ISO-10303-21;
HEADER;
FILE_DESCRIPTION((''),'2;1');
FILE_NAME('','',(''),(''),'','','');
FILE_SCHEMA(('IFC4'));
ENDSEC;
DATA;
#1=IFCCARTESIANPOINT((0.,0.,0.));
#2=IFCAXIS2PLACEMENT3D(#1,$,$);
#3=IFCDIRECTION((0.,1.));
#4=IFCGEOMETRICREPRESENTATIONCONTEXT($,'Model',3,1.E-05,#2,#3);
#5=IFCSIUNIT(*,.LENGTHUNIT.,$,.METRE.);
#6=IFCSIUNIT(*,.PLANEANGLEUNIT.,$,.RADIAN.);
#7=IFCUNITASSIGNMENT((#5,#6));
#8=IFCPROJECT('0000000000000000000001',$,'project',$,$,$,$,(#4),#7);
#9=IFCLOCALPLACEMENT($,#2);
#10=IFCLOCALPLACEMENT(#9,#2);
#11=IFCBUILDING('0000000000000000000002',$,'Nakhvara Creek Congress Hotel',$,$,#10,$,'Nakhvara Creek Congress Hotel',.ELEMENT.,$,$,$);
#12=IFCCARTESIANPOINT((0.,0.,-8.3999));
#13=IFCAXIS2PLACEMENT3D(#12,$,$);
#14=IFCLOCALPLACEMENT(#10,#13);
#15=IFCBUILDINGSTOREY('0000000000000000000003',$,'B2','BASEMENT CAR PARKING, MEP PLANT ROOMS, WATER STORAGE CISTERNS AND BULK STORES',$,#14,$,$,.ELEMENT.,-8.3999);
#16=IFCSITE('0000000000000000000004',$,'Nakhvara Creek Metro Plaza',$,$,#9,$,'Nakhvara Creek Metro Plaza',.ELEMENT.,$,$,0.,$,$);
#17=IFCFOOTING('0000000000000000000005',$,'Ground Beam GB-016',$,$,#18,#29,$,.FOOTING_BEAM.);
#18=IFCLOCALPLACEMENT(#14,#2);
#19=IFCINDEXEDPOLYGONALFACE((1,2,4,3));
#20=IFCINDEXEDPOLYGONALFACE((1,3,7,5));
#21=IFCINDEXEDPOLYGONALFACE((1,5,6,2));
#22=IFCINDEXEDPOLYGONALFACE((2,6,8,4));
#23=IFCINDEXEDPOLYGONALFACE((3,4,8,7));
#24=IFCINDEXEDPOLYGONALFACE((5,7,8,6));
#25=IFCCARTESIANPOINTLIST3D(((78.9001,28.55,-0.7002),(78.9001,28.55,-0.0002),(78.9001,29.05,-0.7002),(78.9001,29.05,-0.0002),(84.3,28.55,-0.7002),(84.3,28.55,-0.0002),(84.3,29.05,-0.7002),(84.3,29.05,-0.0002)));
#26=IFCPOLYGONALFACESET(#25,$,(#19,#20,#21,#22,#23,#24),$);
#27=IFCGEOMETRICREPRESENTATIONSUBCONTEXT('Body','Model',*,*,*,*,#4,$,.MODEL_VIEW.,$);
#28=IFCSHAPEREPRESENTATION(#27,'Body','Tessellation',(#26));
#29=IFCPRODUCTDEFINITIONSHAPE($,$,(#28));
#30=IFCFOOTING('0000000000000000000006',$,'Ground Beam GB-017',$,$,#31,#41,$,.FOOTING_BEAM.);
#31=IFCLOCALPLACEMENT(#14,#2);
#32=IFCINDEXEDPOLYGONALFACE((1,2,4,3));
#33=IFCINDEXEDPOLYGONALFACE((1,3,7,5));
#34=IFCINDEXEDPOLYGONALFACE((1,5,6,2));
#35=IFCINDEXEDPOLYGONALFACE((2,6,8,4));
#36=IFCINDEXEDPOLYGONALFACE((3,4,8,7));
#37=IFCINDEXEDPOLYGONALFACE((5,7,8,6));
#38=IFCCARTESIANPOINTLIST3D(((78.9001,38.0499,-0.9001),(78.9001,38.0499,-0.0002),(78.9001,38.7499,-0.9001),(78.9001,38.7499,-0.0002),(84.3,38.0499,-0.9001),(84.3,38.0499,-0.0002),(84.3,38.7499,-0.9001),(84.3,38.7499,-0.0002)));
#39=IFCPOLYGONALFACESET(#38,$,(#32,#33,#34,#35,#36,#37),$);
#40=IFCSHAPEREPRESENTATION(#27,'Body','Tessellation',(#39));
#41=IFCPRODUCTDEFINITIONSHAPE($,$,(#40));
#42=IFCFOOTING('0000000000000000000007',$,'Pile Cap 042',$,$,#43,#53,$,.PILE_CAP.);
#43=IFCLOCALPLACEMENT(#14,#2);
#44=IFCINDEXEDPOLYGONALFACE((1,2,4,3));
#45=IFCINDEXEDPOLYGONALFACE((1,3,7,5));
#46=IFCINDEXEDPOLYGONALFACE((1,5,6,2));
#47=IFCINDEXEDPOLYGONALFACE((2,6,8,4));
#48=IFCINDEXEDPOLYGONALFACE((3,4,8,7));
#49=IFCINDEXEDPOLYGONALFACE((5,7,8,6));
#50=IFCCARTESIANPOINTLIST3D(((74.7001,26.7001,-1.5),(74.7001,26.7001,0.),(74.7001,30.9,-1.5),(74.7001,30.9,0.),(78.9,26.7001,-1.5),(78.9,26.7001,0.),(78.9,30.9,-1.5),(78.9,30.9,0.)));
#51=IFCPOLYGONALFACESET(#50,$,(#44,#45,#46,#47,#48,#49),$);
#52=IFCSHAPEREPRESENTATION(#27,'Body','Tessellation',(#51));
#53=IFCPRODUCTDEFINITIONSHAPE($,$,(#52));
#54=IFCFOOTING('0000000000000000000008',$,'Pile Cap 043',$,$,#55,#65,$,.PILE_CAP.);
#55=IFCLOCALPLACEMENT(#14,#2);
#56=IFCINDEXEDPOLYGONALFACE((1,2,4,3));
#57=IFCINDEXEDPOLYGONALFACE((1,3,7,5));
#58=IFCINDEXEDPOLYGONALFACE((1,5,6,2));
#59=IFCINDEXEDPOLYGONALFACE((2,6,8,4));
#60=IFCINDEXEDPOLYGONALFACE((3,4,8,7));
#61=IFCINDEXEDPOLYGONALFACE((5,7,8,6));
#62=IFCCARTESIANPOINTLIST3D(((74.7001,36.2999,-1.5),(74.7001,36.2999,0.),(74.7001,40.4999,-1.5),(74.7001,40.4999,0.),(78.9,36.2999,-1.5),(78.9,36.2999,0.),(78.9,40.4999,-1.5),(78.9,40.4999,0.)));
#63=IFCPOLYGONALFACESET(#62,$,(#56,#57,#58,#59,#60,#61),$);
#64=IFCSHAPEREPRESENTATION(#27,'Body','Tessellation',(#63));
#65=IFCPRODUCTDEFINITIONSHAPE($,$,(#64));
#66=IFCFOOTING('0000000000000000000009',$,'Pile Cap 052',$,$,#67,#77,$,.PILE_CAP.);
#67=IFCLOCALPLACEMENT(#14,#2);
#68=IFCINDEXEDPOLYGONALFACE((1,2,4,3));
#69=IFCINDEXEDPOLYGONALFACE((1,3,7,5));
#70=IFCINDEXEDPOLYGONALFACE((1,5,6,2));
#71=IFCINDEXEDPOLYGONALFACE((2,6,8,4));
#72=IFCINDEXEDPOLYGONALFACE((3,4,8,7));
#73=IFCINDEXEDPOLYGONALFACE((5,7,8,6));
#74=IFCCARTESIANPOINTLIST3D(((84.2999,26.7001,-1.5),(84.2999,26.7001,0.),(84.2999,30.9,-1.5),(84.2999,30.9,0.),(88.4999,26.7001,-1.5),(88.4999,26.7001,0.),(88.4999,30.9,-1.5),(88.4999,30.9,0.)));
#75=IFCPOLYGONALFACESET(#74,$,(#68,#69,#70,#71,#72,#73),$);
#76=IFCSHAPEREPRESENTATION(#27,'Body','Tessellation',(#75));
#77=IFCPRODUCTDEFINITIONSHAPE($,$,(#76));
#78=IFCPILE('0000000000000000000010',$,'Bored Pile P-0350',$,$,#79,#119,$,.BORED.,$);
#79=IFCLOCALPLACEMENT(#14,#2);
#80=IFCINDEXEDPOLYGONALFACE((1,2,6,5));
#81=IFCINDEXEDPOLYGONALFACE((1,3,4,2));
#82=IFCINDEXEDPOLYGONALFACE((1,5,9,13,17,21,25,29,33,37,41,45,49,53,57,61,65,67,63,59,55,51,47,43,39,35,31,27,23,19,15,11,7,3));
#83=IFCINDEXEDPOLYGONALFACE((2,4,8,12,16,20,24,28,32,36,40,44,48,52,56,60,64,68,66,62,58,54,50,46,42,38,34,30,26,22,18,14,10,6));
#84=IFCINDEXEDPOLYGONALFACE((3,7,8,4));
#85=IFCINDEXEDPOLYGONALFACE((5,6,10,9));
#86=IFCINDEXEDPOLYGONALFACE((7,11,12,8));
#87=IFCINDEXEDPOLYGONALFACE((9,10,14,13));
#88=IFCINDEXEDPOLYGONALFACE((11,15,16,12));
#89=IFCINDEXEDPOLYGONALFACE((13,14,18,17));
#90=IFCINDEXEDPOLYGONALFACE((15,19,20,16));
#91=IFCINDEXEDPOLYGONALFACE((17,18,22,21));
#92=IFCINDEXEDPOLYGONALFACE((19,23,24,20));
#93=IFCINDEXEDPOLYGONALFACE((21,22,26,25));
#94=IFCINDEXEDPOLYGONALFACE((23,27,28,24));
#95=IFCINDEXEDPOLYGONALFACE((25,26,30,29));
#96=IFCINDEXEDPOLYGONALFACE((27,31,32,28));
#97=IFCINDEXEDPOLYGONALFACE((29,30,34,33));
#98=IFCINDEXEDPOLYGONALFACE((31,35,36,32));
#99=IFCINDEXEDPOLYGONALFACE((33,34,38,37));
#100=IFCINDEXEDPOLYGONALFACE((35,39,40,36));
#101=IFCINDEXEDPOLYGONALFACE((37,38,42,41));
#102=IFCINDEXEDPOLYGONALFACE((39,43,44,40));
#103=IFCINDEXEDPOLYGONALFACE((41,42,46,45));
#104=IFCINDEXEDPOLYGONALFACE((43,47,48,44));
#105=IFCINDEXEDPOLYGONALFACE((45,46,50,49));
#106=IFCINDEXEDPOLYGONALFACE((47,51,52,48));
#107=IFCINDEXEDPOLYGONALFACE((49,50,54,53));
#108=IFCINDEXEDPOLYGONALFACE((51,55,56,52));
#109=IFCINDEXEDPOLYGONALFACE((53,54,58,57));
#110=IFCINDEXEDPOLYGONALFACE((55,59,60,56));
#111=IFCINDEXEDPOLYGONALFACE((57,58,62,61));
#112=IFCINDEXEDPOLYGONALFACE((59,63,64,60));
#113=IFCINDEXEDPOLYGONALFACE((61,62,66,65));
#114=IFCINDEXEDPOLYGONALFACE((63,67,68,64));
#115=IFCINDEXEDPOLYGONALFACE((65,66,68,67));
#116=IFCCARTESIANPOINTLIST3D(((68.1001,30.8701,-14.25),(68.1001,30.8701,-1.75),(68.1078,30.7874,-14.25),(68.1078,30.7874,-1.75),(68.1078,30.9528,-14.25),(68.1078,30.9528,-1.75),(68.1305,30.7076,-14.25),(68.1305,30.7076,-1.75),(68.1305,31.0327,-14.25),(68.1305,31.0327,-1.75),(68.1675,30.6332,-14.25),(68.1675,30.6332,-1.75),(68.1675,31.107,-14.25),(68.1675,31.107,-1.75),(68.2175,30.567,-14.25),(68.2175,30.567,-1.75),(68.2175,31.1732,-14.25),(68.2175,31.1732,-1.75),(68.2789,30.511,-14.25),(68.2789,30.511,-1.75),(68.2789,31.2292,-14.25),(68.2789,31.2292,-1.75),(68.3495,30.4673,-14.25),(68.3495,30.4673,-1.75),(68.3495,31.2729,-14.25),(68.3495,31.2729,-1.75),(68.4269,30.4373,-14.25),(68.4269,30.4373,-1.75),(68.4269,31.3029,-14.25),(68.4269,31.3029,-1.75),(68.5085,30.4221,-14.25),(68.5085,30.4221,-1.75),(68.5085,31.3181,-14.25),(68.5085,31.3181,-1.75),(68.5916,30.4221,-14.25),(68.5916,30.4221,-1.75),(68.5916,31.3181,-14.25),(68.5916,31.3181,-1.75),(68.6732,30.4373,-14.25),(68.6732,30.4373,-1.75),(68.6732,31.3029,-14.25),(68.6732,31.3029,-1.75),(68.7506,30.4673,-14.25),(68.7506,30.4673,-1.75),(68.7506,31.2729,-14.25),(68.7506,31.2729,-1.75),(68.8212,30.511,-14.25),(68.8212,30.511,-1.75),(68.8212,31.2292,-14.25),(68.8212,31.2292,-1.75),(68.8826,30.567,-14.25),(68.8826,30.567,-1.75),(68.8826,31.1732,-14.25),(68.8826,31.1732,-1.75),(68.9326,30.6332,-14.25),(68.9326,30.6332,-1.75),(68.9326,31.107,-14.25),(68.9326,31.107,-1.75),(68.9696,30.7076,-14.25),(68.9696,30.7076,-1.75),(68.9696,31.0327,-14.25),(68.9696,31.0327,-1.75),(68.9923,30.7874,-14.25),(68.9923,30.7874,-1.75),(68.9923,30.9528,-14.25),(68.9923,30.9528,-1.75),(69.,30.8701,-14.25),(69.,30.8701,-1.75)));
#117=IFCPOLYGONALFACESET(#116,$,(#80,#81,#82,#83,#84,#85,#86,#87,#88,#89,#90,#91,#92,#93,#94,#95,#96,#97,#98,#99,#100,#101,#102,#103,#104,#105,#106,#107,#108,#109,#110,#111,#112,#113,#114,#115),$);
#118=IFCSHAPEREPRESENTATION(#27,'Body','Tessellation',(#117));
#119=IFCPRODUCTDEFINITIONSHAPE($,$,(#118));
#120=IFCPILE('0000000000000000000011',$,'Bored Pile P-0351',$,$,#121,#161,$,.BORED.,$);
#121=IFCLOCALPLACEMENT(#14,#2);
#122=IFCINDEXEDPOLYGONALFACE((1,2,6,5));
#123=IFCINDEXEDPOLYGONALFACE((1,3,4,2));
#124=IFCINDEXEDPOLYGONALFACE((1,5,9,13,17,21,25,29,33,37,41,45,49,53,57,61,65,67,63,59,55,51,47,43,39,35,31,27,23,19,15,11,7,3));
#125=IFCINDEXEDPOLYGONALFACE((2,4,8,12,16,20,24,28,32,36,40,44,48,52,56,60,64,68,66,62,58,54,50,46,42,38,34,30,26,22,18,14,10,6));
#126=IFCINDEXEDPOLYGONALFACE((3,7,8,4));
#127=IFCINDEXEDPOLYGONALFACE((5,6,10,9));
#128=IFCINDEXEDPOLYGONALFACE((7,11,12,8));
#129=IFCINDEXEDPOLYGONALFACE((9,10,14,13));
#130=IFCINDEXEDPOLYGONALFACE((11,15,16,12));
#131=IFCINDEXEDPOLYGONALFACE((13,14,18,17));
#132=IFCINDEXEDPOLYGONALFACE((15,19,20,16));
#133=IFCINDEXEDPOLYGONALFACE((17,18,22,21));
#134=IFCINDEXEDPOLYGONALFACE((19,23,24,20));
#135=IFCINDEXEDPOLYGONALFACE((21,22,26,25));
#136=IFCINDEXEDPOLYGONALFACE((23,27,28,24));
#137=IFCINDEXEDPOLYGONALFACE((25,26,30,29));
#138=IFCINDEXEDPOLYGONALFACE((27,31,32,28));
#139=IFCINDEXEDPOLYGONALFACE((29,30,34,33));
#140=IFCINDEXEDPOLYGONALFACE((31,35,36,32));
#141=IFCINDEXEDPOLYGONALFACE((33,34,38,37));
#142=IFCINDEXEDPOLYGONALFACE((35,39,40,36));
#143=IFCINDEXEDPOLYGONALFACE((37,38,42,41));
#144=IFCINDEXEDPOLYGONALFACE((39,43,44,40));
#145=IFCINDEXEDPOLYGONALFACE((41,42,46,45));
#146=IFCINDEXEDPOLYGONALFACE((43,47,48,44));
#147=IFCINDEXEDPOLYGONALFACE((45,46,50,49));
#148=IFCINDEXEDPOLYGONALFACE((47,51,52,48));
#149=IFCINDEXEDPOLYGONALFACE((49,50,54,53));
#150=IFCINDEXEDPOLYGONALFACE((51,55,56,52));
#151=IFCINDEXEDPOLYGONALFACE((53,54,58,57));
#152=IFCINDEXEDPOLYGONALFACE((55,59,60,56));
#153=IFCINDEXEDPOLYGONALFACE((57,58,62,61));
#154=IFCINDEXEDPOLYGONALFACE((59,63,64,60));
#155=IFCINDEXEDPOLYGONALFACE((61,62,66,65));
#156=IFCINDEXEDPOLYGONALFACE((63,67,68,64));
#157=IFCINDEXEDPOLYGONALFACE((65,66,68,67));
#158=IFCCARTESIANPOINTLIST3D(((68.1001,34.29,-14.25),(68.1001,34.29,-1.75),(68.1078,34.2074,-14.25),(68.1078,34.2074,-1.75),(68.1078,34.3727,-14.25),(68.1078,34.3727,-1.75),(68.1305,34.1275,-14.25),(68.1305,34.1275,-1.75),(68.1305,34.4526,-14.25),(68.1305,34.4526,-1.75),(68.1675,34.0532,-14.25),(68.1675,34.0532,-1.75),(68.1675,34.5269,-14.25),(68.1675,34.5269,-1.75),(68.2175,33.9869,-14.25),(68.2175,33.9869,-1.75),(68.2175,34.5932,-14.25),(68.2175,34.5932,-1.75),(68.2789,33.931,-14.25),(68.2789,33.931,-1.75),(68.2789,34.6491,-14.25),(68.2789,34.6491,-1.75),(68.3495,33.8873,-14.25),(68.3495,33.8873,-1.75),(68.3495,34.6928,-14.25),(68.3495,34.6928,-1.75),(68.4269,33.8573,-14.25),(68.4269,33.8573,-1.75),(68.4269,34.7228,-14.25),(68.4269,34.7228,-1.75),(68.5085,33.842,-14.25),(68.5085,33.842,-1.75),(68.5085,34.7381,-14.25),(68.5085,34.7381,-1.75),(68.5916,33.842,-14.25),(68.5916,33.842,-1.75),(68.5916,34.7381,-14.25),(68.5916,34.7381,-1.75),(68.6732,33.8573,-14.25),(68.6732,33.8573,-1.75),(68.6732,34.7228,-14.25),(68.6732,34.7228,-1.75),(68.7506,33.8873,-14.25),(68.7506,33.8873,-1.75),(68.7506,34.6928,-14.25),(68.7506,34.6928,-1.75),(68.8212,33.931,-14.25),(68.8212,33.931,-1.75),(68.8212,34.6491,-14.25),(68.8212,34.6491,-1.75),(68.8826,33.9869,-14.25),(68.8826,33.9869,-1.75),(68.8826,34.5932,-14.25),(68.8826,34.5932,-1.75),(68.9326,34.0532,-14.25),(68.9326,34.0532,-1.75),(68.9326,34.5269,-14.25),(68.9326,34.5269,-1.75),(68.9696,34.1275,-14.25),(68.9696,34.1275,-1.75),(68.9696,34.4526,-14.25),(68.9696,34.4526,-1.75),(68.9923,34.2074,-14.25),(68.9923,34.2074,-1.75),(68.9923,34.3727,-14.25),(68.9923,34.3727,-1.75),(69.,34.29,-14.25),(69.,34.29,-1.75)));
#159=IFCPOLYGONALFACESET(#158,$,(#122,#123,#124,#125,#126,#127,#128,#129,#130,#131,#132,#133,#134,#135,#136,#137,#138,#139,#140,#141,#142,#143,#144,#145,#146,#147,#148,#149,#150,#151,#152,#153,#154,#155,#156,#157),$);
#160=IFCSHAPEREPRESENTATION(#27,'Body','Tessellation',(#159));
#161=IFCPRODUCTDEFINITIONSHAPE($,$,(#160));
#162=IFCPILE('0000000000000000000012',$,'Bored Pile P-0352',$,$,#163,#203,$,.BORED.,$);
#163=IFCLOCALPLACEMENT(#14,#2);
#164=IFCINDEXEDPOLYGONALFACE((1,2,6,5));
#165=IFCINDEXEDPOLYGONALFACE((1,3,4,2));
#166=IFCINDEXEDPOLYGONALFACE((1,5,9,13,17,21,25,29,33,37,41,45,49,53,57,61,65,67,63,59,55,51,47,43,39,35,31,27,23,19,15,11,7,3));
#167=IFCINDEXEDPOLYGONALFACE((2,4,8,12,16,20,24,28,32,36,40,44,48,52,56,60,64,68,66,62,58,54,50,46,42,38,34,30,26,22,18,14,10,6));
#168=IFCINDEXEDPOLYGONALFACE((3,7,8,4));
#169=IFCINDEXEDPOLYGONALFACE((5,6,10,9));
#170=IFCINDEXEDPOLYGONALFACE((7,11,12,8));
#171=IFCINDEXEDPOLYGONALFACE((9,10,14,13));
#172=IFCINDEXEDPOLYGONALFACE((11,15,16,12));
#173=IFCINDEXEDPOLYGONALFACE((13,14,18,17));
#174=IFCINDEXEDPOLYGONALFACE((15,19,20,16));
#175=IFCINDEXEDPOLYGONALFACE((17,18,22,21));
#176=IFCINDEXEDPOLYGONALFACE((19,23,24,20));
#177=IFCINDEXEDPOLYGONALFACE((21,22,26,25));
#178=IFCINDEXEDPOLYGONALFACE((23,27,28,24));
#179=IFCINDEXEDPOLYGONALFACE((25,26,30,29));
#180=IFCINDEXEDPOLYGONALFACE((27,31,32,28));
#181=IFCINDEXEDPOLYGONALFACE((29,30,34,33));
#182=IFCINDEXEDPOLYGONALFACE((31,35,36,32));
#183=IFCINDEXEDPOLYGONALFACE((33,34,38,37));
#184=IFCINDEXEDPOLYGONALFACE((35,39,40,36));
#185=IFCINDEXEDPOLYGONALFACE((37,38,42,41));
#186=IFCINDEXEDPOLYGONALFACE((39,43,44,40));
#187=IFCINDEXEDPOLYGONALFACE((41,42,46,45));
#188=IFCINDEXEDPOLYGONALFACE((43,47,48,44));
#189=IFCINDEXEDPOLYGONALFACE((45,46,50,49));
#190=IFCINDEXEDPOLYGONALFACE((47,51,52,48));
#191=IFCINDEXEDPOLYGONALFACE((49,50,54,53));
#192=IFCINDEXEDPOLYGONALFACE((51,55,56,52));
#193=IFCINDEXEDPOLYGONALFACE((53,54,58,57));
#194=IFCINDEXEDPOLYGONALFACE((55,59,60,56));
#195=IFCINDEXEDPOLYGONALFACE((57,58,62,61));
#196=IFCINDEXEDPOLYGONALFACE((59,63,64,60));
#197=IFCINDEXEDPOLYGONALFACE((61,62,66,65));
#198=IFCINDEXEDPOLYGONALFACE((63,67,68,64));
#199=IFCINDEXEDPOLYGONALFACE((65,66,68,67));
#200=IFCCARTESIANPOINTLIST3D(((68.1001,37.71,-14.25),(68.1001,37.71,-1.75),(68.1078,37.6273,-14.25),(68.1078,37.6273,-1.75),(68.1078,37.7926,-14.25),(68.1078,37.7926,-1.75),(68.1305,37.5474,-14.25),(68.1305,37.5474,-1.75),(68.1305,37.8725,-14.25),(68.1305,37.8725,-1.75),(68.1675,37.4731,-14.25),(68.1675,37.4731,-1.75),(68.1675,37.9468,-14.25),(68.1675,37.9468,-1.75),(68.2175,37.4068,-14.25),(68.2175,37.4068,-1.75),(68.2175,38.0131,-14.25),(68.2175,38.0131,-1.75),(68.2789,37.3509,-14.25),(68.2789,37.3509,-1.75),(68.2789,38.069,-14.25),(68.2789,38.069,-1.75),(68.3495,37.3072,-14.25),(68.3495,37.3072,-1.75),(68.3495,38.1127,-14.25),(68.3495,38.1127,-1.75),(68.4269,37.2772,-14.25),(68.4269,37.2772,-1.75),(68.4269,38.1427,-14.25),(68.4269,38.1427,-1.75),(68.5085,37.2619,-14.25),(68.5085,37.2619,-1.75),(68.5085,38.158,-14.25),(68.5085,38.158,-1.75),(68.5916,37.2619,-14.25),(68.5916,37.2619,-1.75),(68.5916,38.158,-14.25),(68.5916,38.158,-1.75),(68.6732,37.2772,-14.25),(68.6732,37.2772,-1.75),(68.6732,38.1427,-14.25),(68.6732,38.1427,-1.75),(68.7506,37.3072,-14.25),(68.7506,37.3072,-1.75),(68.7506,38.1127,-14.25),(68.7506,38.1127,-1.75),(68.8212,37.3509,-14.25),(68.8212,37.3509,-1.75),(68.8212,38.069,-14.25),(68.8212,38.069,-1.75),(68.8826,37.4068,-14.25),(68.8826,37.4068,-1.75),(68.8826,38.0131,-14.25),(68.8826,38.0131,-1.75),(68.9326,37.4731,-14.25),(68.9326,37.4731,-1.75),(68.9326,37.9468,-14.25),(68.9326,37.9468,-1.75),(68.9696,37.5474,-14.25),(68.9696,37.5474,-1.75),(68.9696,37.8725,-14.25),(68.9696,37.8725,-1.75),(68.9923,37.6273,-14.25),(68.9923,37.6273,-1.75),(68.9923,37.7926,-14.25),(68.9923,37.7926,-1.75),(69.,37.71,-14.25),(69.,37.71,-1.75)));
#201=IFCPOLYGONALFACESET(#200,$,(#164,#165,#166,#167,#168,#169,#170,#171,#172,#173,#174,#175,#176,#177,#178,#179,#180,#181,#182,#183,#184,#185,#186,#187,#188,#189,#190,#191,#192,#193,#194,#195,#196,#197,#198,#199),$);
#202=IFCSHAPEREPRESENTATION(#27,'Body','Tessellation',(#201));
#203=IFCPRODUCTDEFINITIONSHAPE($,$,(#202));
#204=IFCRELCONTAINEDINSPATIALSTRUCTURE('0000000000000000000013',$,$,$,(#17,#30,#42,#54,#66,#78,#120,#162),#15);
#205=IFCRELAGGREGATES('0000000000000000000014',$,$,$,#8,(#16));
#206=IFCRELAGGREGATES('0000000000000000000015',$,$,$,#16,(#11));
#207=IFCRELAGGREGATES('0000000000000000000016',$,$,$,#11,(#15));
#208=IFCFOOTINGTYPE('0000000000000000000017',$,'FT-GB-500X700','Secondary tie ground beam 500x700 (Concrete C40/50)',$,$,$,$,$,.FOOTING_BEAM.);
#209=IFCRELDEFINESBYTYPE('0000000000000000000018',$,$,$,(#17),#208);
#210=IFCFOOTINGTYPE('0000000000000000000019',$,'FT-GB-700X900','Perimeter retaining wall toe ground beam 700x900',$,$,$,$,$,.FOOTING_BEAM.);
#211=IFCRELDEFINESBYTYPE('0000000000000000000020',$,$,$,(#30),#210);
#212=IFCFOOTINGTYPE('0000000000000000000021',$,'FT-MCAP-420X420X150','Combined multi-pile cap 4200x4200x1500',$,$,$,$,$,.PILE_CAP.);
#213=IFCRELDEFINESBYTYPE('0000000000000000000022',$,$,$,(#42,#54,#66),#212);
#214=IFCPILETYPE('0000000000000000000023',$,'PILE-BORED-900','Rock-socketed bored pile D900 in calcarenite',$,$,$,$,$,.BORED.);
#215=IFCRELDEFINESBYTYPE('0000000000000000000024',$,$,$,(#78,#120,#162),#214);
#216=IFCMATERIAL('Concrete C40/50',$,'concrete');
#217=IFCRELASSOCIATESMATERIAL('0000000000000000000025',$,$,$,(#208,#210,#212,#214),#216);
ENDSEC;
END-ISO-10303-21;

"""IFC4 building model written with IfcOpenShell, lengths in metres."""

from ifc_helpers import new_model, si_unit, direction, frame, origin, origin_2d, place, context, subcontext, project, spatial, rectangle, circle, extrude, material, material_profile, profile_set, type_object, element, save


model = new_model("IFC4")

# Units and contexts
model_context = context("Model", 3, precision=1e-05, world=origin(), true_north=direction((0.0, 1.0)))
body_context = subcontext(model_context, "Body", "Model", "MODEL_VIEW")
ifc_project = project(units=[si_unit("LENGTHUNIT", "METRE"), si_unit("PLANEANGLEUNIT", "RADIAN")], contexts=[model_context])

# Site, building, storey
site_placement = place(None, origin())
site = spatial("IfcSite", under=ifc_project, at=site_placement, Name="Nakhvara Creek Metro Plaza", LongName="Nakhvara Creek Metro Plaza", CompositionType="ELEMENT", RefElevation=0.0)
building_placement = place(site_placement, origin())
building = spatial("IfcBuilding", under=site, at=building_placement, Name="Nakhvara Creek Congress Hotel", LongName="Nakhvara Creek Congress Hotel", CompositionType="ELEMENT")
storey_placement = place(building_placement, frame((0.0, 0.0, -8.3999)))
storey = spatial("IfcBuildingStorey", under=building, at=storey_placement, Name="B2", Description="BASEMENT CAR PARKING, MEP PLANT ROOMS, WATER STORAGE CISTERNS AND BULK STORES", CompositionType="ELEMENT", Elevation=-8.3999)

# Footings
ifc_material_1 = material(Name="Concrete C40/50", Category="concrete")
footing_type_1 = type_object("IfcFootingType", Name="FT-GB-500X700", Description="Secondary tie ground beam 500x700 (Concrete C40/50)", PredefinedType="FOOTING_BEAM", material=ifc_material_1)
footing_1_placement = place(storey_placement, frame((81.6001, 28.8, -0.7002), z_axis=(0.0, 0.0, 1.0), x_axis=(1.0, 0.0, 0.0)))
element("IfcFooting", 1, at=footing_1_placement, inside=storey, type_object=footing_type_1, Name="Ground Beam GB-016", PredefinedType="FOOTING_BEAM", context=body_context, shape_type="SweptSolid", body=[
    extrude(rectangle(XDim=5.3999, YDim=0.5, at=origin_2d()), origin(), (0.0, 0.0, 1.0), 0.7),
])
footing_type_2 = type_object("IfcFootingType", Name="FT-GB-700X900", Description="Perimeter retaining wall toe ground beam 700x900", PredefinedType="FOOTING_BEAM", material=ifc_material_1)
footing_2_placement = place(storey_placement, frame((81.6001, 38.3999, -0.9001), z_axis=(0.0, 0.0, 1.0), x_axis=(1.0, 0.0, 0.0)))
element("IfcFooting", 2, at=footing_2_placement, inside=storey, type_object=footing_type_2, Name="Ground Beam GB-017", PredefinedType="FOOTING_BEAM", context=body_context, shape_type="SweptSolid", body=[
    extrude(rectangle(XDim=5.3999, YDim=0.7, at=origin_2d()), origin(), (0.0, 0.0, 1.0), 0.8999),
])
footing_type_3 = type_object("IfcFootingType", Name="FT-MCAP-420X420X150", Description="Combined multi-pile cap 4200x4200x1500", PredefinedType="PILE_CAP", material=ifc_material_1)
for number, where, z_axis, x_axis, name in (
    (3, (76.8, 28.8, -1.5), (0.0, 0.0, 1.0), (1.0, 0.0, 0.0), "Pile Cap 042"),
    (4, (76.8, 38.3999, -1.5), (0.0, 0.0, 1.0), (1.0, 0.0, 0.0), "Pile Cap 043"),
    (5, (86.3999, 28.8, -1.5), (0.0, 0.0, 1.0), (1.0, 0.0, 0.0), "Pile Cap 052"),
):
    element("IfcFooting", number, at=place(storey_placement, frame(where, z_axis=z_axis, x_axis=x_axis)), inside=storey, type_object=footing_type_3, Name=name, PredefinedType="PILE_CAP", context=body_context, shape_type="SweptSolid", body=[
        extrude(rectangle(XDim=4.2, YDim=4.2, at=origin_2d()), origin(), (0.0, 0.0, 1.0), 1.5),
    ])

# Piles
ifc_material_profile_1 = material_profile(ifc_material_1, circle(Radius=0.45, at=origin_2d()), Name="BORED PILE D900", Category="LoadBearing")
ifc_profile_set_1 = profile_set([ifc_material_profile_1], Name="Concrete C40/50")
pile_type = type_object("IfcPileType", Name="PILE-BORED-900", Description="Rock-socketed bored pile D900 in calcarenite", PredefinedType="BORED", material=ifc_profile_set_1)
for number, where, z_axis, x_axis, name in (
    (6, (68.55, 30.8701, -1.75), (0.0, 0.0, -1.0), (1.0, 0.0, 0.0), "Bored Pile P-0350"),
    (7, (68.55, 34.29, -1.75), (0.0, 0.0, -1.0), (1.0, 0.0, 0.0), "Bored Pile P-0351"),
    (8, (68.55, 37.71, -1.75), (0.0, 0.0, -1.0), (1.0, 0.0, 0.0), "Bored Pile P-0352"),
):
    element("IfcPile", number, at=place(storey_placement, frame(where, z_axis=z_axis, x_axis=x_axis)), inside=storey, type_object=pile_type, Name=name, PredefinedType="BORED", context=body_context, shape_type="SweptSolid", body=[
        extrude(circle(Radius=0.45, at=origin_2d()), origin(), (0.0, 0.0, 1.0), 12.5),
    ])

save(model, "model.ifc")
